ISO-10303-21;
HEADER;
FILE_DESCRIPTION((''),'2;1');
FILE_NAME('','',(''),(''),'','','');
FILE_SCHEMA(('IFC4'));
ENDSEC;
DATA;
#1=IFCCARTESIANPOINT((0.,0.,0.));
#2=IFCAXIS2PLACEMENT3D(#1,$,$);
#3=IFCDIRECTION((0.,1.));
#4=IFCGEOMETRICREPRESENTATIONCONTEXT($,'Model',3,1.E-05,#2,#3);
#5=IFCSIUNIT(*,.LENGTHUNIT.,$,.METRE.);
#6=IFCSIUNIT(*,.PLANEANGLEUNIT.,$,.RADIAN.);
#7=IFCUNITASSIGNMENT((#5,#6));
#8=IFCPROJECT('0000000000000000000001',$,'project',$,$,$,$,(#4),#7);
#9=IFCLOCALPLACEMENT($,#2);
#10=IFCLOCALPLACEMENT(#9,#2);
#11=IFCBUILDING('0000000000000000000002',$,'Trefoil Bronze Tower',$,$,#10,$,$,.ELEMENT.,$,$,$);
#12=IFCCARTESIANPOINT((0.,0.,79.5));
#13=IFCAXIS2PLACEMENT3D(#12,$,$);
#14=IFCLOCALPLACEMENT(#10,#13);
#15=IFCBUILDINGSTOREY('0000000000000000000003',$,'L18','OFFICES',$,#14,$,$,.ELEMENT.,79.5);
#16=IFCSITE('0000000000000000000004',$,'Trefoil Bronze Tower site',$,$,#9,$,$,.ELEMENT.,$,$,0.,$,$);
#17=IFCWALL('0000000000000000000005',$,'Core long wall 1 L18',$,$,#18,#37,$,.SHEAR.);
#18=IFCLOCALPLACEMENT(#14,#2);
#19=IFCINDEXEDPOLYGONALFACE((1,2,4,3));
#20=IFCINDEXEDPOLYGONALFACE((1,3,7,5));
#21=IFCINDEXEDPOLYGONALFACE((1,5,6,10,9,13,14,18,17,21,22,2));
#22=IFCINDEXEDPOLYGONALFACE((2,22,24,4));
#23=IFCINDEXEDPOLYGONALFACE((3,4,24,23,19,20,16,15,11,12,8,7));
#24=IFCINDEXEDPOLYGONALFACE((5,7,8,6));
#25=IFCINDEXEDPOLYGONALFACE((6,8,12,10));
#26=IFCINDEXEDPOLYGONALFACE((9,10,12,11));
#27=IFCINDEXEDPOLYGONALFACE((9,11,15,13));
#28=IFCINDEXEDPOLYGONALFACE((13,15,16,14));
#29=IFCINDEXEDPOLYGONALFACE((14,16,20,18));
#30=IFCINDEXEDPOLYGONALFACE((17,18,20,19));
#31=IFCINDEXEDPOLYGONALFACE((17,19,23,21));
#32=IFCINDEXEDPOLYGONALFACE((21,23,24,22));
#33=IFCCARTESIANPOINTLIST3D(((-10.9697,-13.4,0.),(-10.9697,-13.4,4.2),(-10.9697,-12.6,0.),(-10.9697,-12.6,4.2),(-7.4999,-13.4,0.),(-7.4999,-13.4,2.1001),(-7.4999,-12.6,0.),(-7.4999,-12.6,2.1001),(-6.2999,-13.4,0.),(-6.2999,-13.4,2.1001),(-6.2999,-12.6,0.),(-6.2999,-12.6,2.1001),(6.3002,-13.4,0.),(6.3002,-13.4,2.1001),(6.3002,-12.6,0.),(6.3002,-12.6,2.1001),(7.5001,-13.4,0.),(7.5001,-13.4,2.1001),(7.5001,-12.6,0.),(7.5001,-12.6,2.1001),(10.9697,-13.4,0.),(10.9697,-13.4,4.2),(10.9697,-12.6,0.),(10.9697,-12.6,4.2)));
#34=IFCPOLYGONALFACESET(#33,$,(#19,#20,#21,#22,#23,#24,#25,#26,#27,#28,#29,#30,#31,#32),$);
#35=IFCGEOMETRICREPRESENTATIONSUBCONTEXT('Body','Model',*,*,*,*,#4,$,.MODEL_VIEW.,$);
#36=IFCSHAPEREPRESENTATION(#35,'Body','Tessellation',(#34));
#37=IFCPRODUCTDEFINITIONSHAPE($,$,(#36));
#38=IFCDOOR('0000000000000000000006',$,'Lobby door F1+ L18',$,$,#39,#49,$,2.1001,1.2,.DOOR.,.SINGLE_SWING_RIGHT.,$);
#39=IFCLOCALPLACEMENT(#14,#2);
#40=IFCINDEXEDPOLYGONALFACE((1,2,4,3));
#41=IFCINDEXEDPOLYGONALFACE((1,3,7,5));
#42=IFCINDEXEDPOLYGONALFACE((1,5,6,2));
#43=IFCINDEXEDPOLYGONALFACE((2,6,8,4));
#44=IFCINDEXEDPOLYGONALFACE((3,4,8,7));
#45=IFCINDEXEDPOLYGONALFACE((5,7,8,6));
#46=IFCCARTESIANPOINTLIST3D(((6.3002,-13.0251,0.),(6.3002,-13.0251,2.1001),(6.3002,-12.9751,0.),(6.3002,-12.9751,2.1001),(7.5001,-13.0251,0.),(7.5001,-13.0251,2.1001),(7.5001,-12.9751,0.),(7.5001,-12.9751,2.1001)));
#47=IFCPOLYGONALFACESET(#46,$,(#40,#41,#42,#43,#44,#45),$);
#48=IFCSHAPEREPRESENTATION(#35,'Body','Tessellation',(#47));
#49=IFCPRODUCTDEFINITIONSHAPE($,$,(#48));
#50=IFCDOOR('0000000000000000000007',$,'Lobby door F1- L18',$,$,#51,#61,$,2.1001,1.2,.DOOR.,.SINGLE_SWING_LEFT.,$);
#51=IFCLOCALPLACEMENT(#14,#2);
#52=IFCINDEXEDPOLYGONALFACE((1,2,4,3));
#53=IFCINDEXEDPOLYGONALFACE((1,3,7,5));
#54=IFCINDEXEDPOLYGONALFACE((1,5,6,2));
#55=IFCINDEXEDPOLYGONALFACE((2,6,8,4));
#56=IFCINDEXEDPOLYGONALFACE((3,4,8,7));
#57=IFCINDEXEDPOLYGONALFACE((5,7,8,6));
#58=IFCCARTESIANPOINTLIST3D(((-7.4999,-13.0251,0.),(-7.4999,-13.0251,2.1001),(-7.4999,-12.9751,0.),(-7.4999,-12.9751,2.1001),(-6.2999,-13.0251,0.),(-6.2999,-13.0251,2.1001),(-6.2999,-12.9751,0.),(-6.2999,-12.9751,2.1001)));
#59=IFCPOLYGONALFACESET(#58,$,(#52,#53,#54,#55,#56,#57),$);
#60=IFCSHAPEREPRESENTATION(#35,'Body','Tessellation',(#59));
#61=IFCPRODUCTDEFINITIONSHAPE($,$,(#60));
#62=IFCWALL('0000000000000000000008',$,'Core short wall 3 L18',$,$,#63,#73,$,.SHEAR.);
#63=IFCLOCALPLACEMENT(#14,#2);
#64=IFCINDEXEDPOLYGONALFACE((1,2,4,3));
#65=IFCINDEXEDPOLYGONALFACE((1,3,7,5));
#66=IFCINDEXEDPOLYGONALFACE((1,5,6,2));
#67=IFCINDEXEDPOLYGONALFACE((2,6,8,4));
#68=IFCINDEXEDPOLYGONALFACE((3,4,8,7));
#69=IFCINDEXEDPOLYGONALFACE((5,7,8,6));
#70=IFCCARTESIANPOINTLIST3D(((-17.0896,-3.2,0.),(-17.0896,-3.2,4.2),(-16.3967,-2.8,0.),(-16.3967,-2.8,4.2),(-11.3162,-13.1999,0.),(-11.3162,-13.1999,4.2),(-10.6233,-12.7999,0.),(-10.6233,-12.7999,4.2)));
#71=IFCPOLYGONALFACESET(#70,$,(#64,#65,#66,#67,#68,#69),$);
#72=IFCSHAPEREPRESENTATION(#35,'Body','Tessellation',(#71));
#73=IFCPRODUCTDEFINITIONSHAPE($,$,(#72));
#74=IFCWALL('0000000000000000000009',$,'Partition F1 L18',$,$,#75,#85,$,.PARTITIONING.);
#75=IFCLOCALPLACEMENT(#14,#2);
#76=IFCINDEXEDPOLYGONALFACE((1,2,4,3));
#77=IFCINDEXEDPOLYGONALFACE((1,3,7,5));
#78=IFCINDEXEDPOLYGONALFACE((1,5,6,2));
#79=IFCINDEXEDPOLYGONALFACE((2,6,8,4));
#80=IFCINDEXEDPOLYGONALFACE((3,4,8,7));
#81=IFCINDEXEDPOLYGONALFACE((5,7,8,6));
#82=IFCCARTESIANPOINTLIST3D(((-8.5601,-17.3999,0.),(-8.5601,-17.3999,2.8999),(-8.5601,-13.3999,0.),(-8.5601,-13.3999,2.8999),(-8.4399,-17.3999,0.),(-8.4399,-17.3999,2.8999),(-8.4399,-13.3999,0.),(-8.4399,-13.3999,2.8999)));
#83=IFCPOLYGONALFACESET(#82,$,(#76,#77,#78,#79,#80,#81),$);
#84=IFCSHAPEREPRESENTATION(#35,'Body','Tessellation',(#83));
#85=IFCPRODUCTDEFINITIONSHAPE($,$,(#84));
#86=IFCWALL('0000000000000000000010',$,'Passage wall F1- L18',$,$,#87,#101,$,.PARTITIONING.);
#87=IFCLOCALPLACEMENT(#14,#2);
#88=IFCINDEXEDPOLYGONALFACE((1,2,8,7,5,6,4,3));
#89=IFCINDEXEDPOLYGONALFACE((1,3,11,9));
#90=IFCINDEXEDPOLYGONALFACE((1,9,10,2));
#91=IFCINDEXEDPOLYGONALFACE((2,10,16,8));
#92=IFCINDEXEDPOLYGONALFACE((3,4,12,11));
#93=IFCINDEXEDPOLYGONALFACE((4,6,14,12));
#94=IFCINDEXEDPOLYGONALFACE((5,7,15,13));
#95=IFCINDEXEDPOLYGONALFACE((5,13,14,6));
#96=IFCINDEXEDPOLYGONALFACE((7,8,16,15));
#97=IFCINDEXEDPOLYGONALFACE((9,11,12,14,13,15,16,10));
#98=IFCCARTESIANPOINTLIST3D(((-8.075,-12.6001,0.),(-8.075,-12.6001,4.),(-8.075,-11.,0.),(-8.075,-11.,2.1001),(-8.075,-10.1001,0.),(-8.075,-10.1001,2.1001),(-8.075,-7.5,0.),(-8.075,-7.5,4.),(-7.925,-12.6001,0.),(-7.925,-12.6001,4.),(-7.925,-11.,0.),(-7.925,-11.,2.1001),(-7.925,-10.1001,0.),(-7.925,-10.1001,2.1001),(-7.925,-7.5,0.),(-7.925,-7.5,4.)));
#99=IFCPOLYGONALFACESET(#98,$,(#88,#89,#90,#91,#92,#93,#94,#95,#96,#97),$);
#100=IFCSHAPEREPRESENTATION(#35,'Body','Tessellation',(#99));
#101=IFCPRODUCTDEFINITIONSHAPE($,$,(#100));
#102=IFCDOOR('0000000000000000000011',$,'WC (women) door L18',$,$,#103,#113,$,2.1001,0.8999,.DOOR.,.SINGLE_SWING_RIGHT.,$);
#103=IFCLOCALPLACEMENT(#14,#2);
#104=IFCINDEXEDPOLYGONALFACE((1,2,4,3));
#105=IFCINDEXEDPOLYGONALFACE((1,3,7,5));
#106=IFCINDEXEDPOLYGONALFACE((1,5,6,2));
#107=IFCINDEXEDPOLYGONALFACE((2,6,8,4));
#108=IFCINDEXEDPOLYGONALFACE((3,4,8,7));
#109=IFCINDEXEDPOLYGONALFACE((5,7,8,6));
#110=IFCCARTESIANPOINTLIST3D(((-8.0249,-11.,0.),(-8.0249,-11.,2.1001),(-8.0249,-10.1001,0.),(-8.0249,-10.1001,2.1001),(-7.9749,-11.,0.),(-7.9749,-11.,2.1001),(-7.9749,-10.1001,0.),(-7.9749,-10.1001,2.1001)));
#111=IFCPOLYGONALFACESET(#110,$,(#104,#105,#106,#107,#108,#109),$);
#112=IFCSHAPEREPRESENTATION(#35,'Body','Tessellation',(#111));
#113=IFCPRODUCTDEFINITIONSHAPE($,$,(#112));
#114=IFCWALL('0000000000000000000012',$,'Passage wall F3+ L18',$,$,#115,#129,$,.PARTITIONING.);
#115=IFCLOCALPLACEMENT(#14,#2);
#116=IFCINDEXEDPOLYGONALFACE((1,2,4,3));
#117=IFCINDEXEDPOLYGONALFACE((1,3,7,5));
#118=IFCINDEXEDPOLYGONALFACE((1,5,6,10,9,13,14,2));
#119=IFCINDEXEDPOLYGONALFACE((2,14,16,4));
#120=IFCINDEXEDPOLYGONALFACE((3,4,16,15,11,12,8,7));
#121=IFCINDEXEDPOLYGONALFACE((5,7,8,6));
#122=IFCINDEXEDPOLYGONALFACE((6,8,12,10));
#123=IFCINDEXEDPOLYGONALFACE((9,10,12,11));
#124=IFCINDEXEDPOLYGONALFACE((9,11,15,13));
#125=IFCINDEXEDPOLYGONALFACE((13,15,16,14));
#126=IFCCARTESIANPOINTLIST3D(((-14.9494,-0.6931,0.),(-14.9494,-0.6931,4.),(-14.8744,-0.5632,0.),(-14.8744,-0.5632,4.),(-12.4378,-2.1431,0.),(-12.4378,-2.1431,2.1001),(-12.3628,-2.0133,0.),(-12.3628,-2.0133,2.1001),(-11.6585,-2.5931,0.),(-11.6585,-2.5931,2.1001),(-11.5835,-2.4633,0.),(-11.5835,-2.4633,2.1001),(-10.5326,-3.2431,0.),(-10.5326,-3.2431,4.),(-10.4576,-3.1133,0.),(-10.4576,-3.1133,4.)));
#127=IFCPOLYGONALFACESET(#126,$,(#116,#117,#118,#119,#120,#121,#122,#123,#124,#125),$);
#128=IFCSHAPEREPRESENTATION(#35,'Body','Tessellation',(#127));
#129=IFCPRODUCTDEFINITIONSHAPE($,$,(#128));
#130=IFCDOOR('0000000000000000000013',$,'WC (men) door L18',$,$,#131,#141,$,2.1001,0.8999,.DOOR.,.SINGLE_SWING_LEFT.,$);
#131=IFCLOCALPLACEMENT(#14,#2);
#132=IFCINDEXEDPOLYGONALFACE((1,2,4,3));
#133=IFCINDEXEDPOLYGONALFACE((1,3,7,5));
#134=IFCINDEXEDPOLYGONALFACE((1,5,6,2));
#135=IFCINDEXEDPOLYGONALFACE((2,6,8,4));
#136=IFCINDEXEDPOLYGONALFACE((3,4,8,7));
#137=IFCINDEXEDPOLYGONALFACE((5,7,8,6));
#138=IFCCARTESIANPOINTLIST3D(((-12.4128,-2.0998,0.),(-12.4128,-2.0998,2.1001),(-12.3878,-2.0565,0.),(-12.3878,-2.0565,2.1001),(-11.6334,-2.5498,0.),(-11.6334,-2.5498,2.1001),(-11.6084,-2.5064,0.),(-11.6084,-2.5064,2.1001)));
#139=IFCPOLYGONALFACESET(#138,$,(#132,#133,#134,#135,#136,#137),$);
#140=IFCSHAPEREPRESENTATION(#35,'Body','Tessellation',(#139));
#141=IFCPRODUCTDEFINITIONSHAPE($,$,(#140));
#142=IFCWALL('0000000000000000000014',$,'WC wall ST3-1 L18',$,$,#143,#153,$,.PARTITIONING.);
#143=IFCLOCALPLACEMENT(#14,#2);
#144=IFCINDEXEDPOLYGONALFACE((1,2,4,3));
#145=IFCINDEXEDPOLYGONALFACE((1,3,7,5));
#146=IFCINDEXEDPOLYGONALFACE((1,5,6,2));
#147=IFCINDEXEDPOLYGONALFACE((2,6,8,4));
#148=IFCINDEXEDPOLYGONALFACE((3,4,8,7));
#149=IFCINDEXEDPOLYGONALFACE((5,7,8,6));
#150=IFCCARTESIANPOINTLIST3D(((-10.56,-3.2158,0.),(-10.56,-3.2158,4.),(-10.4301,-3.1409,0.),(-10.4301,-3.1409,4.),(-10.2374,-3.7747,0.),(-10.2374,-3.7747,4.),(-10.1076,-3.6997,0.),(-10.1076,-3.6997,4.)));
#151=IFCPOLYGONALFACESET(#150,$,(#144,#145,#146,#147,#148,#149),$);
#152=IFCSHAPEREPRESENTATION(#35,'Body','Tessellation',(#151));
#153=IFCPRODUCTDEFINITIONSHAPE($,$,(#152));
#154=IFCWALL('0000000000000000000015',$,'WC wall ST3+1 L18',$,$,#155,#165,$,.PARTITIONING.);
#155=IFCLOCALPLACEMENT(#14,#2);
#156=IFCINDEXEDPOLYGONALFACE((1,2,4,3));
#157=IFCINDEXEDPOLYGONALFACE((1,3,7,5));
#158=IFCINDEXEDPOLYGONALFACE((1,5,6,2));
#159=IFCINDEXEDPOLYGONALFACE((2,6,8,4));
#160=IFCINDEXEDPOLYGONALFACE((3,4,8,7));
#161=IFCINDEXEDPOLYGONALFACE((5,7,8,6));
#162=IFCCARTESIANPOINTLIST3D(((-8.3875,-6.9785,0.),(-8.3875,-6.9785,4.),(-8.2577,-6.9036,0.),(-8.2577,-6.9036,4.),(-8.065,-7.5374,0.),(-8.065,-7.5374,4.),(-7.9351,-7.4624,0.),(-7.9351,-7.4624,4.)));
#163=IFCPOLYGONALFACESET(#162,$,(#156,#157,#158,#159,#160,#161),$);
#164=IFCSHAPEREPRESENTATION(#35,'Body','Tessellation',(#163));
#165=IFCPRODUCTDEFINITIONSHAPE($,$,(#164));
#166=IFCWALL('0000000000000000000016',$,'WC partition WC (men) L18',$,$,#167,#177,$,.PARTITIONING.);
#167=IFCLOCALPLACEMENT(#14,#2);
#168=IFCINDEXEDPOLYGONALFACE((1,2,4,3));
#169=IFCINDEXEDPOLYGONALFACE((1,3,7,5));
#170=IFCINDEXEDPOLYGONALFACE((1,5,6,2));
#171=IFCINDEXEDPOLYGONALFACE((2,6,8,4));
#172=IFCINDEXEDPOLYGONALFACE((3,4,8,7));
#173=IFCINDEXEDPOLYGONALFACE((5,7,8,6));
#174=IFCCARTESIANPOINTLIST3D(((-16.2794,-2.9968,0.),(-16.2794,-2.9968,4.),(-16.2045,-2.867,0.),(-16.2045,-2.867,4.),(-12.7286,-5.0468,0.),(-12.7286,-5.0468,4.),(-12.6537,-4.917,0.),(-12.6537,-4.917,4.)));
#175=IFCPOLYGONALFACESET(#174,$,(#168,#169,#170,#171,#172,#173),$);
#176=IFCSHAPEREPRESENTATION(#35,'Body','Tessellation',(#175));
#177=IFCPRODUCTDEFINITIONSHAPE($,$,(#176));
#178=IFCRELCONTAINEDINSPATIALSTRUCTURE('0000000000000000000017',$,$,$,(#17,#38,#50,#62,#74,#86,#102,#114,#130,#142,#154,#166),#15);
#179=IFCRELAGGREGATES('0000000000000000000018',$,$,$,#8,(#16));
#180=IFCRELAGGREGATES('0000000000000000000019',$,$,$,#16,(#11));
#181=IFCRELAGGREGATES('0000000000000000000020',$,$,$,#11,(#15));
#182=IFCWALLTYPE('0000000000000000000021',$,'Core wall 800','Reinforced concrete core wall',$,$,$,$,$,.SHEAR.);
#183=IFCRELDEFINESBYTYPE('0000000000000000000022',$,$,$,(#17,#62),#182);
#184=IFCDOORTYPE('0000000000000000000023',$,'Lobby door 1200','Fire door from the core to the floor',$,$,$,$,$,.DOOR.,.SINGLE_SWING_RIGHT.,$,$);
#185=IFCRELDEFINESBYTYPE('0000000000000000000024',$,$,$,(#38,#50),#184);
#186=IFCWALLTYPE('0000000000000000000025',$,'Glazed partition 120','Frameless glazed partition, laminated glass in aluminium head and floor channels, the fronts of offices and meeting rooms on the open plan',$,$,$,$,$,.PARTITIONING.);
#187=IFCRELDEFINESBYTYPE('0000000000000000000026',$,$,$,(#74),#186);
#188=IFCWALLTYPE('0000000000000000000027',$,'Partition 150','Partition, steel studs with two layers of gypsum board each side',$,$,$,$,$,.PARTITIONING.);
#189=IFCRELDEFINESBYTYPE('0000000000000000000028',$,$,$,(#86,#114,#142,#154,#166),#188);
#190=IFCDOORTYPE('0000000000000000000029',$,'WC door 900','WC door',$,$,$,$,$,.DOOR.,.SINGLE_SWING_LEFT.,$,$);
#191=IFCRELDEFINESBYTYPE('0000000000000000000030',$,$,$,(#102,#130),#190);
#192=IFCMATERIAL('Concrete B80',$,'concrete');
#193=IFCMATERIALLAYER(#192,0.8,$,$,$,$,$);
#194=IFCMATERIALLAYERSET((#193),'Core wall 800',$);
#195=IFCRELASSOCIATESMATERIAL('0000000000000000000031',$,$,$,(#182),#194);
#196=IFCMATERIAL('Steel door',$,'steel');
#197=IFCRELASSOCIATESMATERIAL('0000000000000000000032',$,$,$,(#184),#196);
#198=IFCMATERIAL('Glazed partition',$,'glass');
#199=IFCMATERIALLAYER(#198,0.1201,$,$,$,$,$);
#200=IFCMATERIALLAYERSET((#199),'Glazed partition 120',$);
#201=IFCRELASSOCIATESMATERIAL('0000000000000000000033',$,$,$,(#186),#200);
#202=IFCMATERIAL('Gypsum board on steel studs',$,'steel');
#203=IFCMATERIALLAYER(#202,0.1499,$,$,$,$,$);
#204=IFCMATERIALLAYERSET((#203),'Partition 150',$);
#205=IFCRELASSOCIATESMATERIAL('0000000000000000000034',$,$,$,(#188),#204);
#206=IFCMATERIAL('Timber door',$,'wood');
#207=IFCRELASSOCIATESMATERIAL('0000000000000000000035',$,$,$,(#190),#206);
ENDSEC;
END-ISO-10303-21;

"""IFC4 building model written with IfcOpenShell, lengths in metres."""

from ifc_helpers import new_model, si_unit, direction, frame, frame_2d, origin, place, context, subcontext, project, spatial, rectangle, extrude, material, layer, layer_set, type_object, element, fill, save


model = new_model("IFC4")

# Units and contexts
model_context = context("Model", 3, precision=1e-05, world=origin(), true_north=direction((0.0, 1.0)))
body_context = subcontext(model_context, "Body", "Model", "MODEL_VIEW")
ifc_project = project(units=[si_unit("LENGTHUNIT", "METRE"), si_unit("PLANEANGLEUNIT", "RADIAN")], contexts=[model_context])

# Site, building, storey
site_placement = place(None, origin())
site = spatial("IfcSite", under=ifc_project, at=site_placement, Name="Trefoil Bronze Tower site", CompositionType="ELEMENT", RefElevation=0.0)
building_placement = place(site_placement, origin())
building = spatial("IfcBuilding", under=site, at=building_placement, Name="Trefoil Bronze Tower", CompositionType="ELEMENT")
storey_placement = place(building_placement, frame((0.0, 0.0, 79.5)))
storey = spatial("IfcBuildingStorey", under=building, at=storey_placement, Name="L18", Description="OFFICES", CompositionType="ELEMENT", Elevation=79.5)

# Wall, openings, doors
ifc_material_1 = material(Name="Concrete B80", Category="concrete")
ifc_layer_1 = layer(ifc_material_1, 0.8)
ifc_layer_set_1 = layer_set([ifc_layer_1], Name="Core wall 800")
wall_type_1 = type_object("IfcWallType", Name="Core wall 800", Description="Reinforced concrete core wall", PredefinedType="SHEAR", material=ifc_layer_set_1)
wall_1_placement = place(storey_placement, frame((-10.9697, -13.0, 0.0), z_axis=(0.0, 0.0, 1.0), x_axis=(1.0, 0.0, 0.0)))
wall_1 = element("IfcWall", 1, at=wall_1_placement, inside=storey, type_object=wall_type_1, Name="Core long wall 1 L18", PredefinedType="SHEAR", context=body_context, shape_type="SweptSolid", body=[
    extrude(rectangle(XDim=21.9395, YDim=0.8, at=frame_2d((10.9697, 0.0))), origin(), (0.0, 0.0, 1.0), 4.2),
])
opening_1_placement = place(wall_1_placement, frame((17.2698, 0.0, 0.0)))
opening_1 = element("IfcOpeningElement", 2, at=opening_1_placement, cuts=wall_1, PredefinedType="OPENING", context=body_context, shape_type="SweptSolid", body=[
    extrude(rectangle(XDim=1.2, YDim=2.1001, at=frame_2d((0.6001, 1.05))), frame((0.0, 0.4099, 0.0), z_axis=(0.0, -1.0, 0.0), x_axis=(1.0, 0.0, 0.0)), (0.0, 0.0, 1.0), 0.8201),
])
opening_2_placement = place(wall_1_placement, frame((3.4697, 0.0, 0.0)))
opening_2 = element("IfcOpeningElement", 3, at=opening_2_placement, cuts=wall_1, PredefinedType="OPENING", context=body_context, shape_type="SweptSolid", body=[
    extrude(rectangle(XDim=1.2, YDim=2.1001, at=frame_2d((0.6001, 1.05))), frame((0.0, 0.4099, 0.0), z_axis=(0.0, -1.0, 0.0), x_axis=(1.0, 0.0, 0.0)), (0.0, 0.0, 1.0), 0.8201),
])
ifc_material_2 = material(Name="Steel door", Category="steel")
door_type_1 = type_object("IfcDoorType", Name="Lobby door 1200", Description="Fire door from the core to the floor", OperationType="SINGLE_SWING_RIGHT", PredefinedType="DOOR", material=ifc_material_2)
door_1_placement = place(opening_1_placement, origin())
door_1 = element("IfcDoor", 4, at=door_1_placement, inside=storey, type_object=door_type_1, Name="Lobby door F1+ L18", OperationType="SINGLE_SWING_RIGHT", OverallHeight=2.1001, OverallWidth=1.2, PredefinedType="DOOR", context=body_context, shape_type="SweptSolid", body=[
    extrude(rectangle(XDim=1.2, YDim=2.1001, at=frame_2d((0.6001, 1.05))), frame((0.0, 0.0249, 0.0), z_axis=(0.0, -1.0, 0.0), x_axis=(1.0, 0.0, 0.0)), (0.0, 0.0, 1.0), 0.05),
])
fill(opening_1, door_1)
door_2_placement = place(opening_2_placement, origin())
door_2 = element("IfcDoor", 5, at=door_2_placement, inside=storey, type_object=door_type_1, Name="Lobby door F1- L18", OperationType="SINGLE_SWING_LEFT", OverallHeight=2.1001, OverallWidth=1.2, PredefinedType="DOOR", context=body_context, shape_type="SweptSolid", body=[
    extrude(rectangle(XDim=1.2, YDim=2.1001, at=frame_2d((0.6001, 1.05))), frame((0.0, 0.0249, 0.0), z_axis=(0.0, -1.0, 0.0), x_axis=(1.0, 0.0, 0.0)), (0.0, 0.0, 1.0), 0.05),
])
fill(opening_2, door_2)

# Walls
wall_2_placement = place(storey_placement, frame((-16.7432, -3.0, 0.0), z_axis=(0.0, 0.0, 1.0), x_axis=(0.499996, -0.866028, 0.0)))
element("IfcWall", 6, at=wall_2_placement, inside=storey, type_object=wall_type_1, Name="Core short wall 3 L18", PredefinedType="SHEAR", context=body_context, shape_type="SweptSolid", body=[
    extrude(rectangle(XDim=11.5469, YDim=0.8, at=frame_2d((5.7734, 0.0))), origin(), (0.0, 0.0, 1.0), 4.2),
])
ifc_material_3 = material(Name="Glazed partition", Category="glass")
ifc_layer_2 = layer(ifc_material_3, 0.1201)
ifc_layer_set_2 = layer_set([ifc_layer_2], Name="Glazed partition 120")
wall_type_2 = type_object("IfcWallType", Name="Glazed partition 120", Description="Frameless glazed partition, laminated glass in aluminium head and floor channels, the fronts of offices and meeting rooms on the open plan", PredefinedType="PARTITIONING", material=ifc_layer_set_2)
wall_3_placement = place(storey_placement, frame((-8.5, -13.3999, 0.0), z_axis=(0.0, 0.0, 1.0), x_axis=(0.0, -1.0, 0.0)))
element("IfcWall", 7, at=wall_3_placement, inside=storey, type_object=wall_type_2, Name="Partition F1 L18", PredefinedType="PARTITIONING", context=body_context, shape_type="SweptSolid", body=[
    extrude(rectangle(XDim=4.0, YDim=0.1201, at=frame_2d((2.0, 0.0))), origin(), (0.0, 0.0, 1.0), 2.8999),
])

# Walls, openings, doors
ifc_material_4 = material(Name="Gypsum board on steel studs", Category="steel")
ifc_layer_3 = layer(ifc_material_4, 0.1499)
ifc_layer_set_3 = layer_set([ifc_layer_3], Name="Partition 150")
wall_type_3 = type_object("IfcWallType", Name="Partition 150", Description="Partition, steel studs with two layers of gypsum board each side", PredefinedType="PARTITIONING", material=ifc_layer_set_3)
wall_4_placement = place(storey_placement, frame((-8.0, -7.5, 0.0), z_axis=(0.0, 0.0, 1.0), x_axis=(0.0, -1.0, 0.0)))
wall_4 = element("IfcWall", 8, at=wall_4_placement, inside=storey, type_object=wall_type_3, Name="Passage wall F1- L18", PredefinedType="PARTITIONING", context=body_context, shape_type="SweptSolid", body=[
    extrude(rectangle(XDim=5.1001, YDim=0.1499, at=frame_2d((2.55, 0.0))), origin(), (0.0, 0.0, 1.0), 4.0),
])
opening_3_placement = place(wall_4_placement, frame((2.6001, 0.0, 0.0)))
opening_3 = element("IfcOpeningElement", 9, at=opening_3_placement, cuts=wall_4, PredefinedType="OPENING", context=body_context, shape_type="SweptSolid", body=[
    extrude(rectangle(XDim=0.8999, YDim=2.1001, at=frame_2d((0.45, 1.05))), frame((0.0, 0.085, 0.0), z_axis=(0.0, -1.0, 0.0), x_axis=(1.0, 0.0, 0.0)), (0.0, 0.0, 1.0), 0.1699),
])
ifc_material_5 = material(Name="Timber door", Category="wood")
door_type_2 = type_object("IfcDoorType", Name="WC door 900", Description="WC door", OperationType="SINGLE_SWING_LEFT", PredefinedType="DOOR", material=ifc_material_5)
door_3_placement = place(opening_3_placement, frame((0.8999, 0.0, 0.0), z_axis=(0.0, 0.0, 1.0), x_axis=(-1.0, 0.0, 0.0)))
door_3 = element("IfcDoor", 10, at=door_3_placement, inside=storey, type_object=door_type_2, Name="WC (women) door L18", OperationType="SINGLE_SWING_RIGHT", OverallHeight=2.1001, OverallWidth=0.8999, PredefinedType="DOOR", context=body_context, shape_type="SweptSolid", body=[
    extrude(rectangle(XDim=0.8999, YDim=2.1001, at=frame_2d((0.45, 1.05))), frame((0.0, 0.0249, 0.0), z_axis=(0.0, -1.0, 0.0), x_axis=(1.0, 0.0, 0.0)), (0.0, 0.0, 1.0), 0.05),
])
fill(opening_3, door_3)
wall_5_placement = place(storey_placement, frame((-10.4951, -3.1782, 0.0), z_axis=(0.0, 0.0, 1.0), x_axis=(-0.866022, 0.500006, 0.0)))
wall_5 = element("IfcWall", 11, at=wall_5_placement, inside=storey, type_object=wall_type_3, Name="Passage wall F3+ L18", PredefinedType="PARTITIONING", context=body_context, shape_type="SweptSolid", body=[
    extrude(rectangle(XDim=5.1001, YDim=0.1499, at=frame_2d((2.55, 0.0))), origin(), (0.0, 0.0, 1.0), 4.0),
])
opening_4_placement = place(wall_5_placement, frame((1.3, 0.0, 0.0)))
opening_4 = element("IfcOpeningElement", 12, at=opening_4_placement, cuts=wall_5, PredefinedType="OPENING", context=body_context, shape_type="SweptSolid", body=[
    extrude(rectangle(XDim=0.8999, YDim=2.1001, at=frame_2d((0.45, 1.05))), frame((0.0, 0.085, 0.0), z_axis=(0.0, -1.0, 0.0), x_axis=(1.0, 0.0, 0.0)), (0.0, 0.0, 1.0), 0.1699),
])
door_4_placement = place(opening_4_placement, origin())
door_4 = element("IfcDoor", 13, at=door_4_placement, inside=storey, type_object=door_type_2, Name="WC (men) door L18", OperationType="SINGLE_SWING_LEFT", OverallHeight=2.1001, OverallWidth=0.8999, PredefinedType="DOOR", context=body_context, shape_type="SweptSolid", body=[
    extrude(rectangle(XDim=0.8999, YDim=2.1001, at=frame_2d((0.45, 1.05))), frame((0.0, 0.0249, 0.0), z_axis=(0.0, -1.0, 0.0), x_axis=(1.0, 0.0, 0.0)), (0.0, 0.0, 1.0), 0.05),
])
fill(opening_4, door_4)

# Walls
for number, where, z_axis, x_axis, name in (
    (14, (-10.4951, -3.1782, 0.0), (0.0, 0.0, 1.0), (0.499843, -0.866116, 0.0), "WC wall ST3-1 L18"),
    (15, (-8.0, -7.5, 0.0), (0.0, 0.0, 1.0), (-0.499843, 0.866116, 0.0), "WC wall ST3+1 L18"),
):
    element("IfcWall", number, at=place(storey_placement, frame(where, z_axis=z_axis, x_axis=x_axis)), inside=storey, type_object=wall_type_3, Name=name, PredefinedType="PARTITIONING", context=body_context, shape_type="SweptSolid", body=[
        extrude(rectangle(XDim=0.6453, YDim=0.1499, at=frame_2d((0.3228, 0.0))), origin(), (0.0, 0.0, 1.0), 4.0),
    ])
wall_6_placement = place(storey_placement, frame((-12.6912, -4.9819, 0.0), z_axis=(0.0, 0.0, 1.0), x_axis=(-0.866025, 0.500001, 0.0)))
element("IfcWall", 16, at=wall_6_placement, inside=storey, type_object=wall_type_3, Name="WC partition WC (men) L18", PredefinedType="PARTITIONING", context=body_context, shape_type="SweptSolid", body=[
    extrude(rectangle(XDim=4.1001, YDim=0.1499, at=frame_2d((2.05, 0.0))), origin(), (0.0, 0.0, 1.0), 4.0),
])

save(model, "model.ifc")
